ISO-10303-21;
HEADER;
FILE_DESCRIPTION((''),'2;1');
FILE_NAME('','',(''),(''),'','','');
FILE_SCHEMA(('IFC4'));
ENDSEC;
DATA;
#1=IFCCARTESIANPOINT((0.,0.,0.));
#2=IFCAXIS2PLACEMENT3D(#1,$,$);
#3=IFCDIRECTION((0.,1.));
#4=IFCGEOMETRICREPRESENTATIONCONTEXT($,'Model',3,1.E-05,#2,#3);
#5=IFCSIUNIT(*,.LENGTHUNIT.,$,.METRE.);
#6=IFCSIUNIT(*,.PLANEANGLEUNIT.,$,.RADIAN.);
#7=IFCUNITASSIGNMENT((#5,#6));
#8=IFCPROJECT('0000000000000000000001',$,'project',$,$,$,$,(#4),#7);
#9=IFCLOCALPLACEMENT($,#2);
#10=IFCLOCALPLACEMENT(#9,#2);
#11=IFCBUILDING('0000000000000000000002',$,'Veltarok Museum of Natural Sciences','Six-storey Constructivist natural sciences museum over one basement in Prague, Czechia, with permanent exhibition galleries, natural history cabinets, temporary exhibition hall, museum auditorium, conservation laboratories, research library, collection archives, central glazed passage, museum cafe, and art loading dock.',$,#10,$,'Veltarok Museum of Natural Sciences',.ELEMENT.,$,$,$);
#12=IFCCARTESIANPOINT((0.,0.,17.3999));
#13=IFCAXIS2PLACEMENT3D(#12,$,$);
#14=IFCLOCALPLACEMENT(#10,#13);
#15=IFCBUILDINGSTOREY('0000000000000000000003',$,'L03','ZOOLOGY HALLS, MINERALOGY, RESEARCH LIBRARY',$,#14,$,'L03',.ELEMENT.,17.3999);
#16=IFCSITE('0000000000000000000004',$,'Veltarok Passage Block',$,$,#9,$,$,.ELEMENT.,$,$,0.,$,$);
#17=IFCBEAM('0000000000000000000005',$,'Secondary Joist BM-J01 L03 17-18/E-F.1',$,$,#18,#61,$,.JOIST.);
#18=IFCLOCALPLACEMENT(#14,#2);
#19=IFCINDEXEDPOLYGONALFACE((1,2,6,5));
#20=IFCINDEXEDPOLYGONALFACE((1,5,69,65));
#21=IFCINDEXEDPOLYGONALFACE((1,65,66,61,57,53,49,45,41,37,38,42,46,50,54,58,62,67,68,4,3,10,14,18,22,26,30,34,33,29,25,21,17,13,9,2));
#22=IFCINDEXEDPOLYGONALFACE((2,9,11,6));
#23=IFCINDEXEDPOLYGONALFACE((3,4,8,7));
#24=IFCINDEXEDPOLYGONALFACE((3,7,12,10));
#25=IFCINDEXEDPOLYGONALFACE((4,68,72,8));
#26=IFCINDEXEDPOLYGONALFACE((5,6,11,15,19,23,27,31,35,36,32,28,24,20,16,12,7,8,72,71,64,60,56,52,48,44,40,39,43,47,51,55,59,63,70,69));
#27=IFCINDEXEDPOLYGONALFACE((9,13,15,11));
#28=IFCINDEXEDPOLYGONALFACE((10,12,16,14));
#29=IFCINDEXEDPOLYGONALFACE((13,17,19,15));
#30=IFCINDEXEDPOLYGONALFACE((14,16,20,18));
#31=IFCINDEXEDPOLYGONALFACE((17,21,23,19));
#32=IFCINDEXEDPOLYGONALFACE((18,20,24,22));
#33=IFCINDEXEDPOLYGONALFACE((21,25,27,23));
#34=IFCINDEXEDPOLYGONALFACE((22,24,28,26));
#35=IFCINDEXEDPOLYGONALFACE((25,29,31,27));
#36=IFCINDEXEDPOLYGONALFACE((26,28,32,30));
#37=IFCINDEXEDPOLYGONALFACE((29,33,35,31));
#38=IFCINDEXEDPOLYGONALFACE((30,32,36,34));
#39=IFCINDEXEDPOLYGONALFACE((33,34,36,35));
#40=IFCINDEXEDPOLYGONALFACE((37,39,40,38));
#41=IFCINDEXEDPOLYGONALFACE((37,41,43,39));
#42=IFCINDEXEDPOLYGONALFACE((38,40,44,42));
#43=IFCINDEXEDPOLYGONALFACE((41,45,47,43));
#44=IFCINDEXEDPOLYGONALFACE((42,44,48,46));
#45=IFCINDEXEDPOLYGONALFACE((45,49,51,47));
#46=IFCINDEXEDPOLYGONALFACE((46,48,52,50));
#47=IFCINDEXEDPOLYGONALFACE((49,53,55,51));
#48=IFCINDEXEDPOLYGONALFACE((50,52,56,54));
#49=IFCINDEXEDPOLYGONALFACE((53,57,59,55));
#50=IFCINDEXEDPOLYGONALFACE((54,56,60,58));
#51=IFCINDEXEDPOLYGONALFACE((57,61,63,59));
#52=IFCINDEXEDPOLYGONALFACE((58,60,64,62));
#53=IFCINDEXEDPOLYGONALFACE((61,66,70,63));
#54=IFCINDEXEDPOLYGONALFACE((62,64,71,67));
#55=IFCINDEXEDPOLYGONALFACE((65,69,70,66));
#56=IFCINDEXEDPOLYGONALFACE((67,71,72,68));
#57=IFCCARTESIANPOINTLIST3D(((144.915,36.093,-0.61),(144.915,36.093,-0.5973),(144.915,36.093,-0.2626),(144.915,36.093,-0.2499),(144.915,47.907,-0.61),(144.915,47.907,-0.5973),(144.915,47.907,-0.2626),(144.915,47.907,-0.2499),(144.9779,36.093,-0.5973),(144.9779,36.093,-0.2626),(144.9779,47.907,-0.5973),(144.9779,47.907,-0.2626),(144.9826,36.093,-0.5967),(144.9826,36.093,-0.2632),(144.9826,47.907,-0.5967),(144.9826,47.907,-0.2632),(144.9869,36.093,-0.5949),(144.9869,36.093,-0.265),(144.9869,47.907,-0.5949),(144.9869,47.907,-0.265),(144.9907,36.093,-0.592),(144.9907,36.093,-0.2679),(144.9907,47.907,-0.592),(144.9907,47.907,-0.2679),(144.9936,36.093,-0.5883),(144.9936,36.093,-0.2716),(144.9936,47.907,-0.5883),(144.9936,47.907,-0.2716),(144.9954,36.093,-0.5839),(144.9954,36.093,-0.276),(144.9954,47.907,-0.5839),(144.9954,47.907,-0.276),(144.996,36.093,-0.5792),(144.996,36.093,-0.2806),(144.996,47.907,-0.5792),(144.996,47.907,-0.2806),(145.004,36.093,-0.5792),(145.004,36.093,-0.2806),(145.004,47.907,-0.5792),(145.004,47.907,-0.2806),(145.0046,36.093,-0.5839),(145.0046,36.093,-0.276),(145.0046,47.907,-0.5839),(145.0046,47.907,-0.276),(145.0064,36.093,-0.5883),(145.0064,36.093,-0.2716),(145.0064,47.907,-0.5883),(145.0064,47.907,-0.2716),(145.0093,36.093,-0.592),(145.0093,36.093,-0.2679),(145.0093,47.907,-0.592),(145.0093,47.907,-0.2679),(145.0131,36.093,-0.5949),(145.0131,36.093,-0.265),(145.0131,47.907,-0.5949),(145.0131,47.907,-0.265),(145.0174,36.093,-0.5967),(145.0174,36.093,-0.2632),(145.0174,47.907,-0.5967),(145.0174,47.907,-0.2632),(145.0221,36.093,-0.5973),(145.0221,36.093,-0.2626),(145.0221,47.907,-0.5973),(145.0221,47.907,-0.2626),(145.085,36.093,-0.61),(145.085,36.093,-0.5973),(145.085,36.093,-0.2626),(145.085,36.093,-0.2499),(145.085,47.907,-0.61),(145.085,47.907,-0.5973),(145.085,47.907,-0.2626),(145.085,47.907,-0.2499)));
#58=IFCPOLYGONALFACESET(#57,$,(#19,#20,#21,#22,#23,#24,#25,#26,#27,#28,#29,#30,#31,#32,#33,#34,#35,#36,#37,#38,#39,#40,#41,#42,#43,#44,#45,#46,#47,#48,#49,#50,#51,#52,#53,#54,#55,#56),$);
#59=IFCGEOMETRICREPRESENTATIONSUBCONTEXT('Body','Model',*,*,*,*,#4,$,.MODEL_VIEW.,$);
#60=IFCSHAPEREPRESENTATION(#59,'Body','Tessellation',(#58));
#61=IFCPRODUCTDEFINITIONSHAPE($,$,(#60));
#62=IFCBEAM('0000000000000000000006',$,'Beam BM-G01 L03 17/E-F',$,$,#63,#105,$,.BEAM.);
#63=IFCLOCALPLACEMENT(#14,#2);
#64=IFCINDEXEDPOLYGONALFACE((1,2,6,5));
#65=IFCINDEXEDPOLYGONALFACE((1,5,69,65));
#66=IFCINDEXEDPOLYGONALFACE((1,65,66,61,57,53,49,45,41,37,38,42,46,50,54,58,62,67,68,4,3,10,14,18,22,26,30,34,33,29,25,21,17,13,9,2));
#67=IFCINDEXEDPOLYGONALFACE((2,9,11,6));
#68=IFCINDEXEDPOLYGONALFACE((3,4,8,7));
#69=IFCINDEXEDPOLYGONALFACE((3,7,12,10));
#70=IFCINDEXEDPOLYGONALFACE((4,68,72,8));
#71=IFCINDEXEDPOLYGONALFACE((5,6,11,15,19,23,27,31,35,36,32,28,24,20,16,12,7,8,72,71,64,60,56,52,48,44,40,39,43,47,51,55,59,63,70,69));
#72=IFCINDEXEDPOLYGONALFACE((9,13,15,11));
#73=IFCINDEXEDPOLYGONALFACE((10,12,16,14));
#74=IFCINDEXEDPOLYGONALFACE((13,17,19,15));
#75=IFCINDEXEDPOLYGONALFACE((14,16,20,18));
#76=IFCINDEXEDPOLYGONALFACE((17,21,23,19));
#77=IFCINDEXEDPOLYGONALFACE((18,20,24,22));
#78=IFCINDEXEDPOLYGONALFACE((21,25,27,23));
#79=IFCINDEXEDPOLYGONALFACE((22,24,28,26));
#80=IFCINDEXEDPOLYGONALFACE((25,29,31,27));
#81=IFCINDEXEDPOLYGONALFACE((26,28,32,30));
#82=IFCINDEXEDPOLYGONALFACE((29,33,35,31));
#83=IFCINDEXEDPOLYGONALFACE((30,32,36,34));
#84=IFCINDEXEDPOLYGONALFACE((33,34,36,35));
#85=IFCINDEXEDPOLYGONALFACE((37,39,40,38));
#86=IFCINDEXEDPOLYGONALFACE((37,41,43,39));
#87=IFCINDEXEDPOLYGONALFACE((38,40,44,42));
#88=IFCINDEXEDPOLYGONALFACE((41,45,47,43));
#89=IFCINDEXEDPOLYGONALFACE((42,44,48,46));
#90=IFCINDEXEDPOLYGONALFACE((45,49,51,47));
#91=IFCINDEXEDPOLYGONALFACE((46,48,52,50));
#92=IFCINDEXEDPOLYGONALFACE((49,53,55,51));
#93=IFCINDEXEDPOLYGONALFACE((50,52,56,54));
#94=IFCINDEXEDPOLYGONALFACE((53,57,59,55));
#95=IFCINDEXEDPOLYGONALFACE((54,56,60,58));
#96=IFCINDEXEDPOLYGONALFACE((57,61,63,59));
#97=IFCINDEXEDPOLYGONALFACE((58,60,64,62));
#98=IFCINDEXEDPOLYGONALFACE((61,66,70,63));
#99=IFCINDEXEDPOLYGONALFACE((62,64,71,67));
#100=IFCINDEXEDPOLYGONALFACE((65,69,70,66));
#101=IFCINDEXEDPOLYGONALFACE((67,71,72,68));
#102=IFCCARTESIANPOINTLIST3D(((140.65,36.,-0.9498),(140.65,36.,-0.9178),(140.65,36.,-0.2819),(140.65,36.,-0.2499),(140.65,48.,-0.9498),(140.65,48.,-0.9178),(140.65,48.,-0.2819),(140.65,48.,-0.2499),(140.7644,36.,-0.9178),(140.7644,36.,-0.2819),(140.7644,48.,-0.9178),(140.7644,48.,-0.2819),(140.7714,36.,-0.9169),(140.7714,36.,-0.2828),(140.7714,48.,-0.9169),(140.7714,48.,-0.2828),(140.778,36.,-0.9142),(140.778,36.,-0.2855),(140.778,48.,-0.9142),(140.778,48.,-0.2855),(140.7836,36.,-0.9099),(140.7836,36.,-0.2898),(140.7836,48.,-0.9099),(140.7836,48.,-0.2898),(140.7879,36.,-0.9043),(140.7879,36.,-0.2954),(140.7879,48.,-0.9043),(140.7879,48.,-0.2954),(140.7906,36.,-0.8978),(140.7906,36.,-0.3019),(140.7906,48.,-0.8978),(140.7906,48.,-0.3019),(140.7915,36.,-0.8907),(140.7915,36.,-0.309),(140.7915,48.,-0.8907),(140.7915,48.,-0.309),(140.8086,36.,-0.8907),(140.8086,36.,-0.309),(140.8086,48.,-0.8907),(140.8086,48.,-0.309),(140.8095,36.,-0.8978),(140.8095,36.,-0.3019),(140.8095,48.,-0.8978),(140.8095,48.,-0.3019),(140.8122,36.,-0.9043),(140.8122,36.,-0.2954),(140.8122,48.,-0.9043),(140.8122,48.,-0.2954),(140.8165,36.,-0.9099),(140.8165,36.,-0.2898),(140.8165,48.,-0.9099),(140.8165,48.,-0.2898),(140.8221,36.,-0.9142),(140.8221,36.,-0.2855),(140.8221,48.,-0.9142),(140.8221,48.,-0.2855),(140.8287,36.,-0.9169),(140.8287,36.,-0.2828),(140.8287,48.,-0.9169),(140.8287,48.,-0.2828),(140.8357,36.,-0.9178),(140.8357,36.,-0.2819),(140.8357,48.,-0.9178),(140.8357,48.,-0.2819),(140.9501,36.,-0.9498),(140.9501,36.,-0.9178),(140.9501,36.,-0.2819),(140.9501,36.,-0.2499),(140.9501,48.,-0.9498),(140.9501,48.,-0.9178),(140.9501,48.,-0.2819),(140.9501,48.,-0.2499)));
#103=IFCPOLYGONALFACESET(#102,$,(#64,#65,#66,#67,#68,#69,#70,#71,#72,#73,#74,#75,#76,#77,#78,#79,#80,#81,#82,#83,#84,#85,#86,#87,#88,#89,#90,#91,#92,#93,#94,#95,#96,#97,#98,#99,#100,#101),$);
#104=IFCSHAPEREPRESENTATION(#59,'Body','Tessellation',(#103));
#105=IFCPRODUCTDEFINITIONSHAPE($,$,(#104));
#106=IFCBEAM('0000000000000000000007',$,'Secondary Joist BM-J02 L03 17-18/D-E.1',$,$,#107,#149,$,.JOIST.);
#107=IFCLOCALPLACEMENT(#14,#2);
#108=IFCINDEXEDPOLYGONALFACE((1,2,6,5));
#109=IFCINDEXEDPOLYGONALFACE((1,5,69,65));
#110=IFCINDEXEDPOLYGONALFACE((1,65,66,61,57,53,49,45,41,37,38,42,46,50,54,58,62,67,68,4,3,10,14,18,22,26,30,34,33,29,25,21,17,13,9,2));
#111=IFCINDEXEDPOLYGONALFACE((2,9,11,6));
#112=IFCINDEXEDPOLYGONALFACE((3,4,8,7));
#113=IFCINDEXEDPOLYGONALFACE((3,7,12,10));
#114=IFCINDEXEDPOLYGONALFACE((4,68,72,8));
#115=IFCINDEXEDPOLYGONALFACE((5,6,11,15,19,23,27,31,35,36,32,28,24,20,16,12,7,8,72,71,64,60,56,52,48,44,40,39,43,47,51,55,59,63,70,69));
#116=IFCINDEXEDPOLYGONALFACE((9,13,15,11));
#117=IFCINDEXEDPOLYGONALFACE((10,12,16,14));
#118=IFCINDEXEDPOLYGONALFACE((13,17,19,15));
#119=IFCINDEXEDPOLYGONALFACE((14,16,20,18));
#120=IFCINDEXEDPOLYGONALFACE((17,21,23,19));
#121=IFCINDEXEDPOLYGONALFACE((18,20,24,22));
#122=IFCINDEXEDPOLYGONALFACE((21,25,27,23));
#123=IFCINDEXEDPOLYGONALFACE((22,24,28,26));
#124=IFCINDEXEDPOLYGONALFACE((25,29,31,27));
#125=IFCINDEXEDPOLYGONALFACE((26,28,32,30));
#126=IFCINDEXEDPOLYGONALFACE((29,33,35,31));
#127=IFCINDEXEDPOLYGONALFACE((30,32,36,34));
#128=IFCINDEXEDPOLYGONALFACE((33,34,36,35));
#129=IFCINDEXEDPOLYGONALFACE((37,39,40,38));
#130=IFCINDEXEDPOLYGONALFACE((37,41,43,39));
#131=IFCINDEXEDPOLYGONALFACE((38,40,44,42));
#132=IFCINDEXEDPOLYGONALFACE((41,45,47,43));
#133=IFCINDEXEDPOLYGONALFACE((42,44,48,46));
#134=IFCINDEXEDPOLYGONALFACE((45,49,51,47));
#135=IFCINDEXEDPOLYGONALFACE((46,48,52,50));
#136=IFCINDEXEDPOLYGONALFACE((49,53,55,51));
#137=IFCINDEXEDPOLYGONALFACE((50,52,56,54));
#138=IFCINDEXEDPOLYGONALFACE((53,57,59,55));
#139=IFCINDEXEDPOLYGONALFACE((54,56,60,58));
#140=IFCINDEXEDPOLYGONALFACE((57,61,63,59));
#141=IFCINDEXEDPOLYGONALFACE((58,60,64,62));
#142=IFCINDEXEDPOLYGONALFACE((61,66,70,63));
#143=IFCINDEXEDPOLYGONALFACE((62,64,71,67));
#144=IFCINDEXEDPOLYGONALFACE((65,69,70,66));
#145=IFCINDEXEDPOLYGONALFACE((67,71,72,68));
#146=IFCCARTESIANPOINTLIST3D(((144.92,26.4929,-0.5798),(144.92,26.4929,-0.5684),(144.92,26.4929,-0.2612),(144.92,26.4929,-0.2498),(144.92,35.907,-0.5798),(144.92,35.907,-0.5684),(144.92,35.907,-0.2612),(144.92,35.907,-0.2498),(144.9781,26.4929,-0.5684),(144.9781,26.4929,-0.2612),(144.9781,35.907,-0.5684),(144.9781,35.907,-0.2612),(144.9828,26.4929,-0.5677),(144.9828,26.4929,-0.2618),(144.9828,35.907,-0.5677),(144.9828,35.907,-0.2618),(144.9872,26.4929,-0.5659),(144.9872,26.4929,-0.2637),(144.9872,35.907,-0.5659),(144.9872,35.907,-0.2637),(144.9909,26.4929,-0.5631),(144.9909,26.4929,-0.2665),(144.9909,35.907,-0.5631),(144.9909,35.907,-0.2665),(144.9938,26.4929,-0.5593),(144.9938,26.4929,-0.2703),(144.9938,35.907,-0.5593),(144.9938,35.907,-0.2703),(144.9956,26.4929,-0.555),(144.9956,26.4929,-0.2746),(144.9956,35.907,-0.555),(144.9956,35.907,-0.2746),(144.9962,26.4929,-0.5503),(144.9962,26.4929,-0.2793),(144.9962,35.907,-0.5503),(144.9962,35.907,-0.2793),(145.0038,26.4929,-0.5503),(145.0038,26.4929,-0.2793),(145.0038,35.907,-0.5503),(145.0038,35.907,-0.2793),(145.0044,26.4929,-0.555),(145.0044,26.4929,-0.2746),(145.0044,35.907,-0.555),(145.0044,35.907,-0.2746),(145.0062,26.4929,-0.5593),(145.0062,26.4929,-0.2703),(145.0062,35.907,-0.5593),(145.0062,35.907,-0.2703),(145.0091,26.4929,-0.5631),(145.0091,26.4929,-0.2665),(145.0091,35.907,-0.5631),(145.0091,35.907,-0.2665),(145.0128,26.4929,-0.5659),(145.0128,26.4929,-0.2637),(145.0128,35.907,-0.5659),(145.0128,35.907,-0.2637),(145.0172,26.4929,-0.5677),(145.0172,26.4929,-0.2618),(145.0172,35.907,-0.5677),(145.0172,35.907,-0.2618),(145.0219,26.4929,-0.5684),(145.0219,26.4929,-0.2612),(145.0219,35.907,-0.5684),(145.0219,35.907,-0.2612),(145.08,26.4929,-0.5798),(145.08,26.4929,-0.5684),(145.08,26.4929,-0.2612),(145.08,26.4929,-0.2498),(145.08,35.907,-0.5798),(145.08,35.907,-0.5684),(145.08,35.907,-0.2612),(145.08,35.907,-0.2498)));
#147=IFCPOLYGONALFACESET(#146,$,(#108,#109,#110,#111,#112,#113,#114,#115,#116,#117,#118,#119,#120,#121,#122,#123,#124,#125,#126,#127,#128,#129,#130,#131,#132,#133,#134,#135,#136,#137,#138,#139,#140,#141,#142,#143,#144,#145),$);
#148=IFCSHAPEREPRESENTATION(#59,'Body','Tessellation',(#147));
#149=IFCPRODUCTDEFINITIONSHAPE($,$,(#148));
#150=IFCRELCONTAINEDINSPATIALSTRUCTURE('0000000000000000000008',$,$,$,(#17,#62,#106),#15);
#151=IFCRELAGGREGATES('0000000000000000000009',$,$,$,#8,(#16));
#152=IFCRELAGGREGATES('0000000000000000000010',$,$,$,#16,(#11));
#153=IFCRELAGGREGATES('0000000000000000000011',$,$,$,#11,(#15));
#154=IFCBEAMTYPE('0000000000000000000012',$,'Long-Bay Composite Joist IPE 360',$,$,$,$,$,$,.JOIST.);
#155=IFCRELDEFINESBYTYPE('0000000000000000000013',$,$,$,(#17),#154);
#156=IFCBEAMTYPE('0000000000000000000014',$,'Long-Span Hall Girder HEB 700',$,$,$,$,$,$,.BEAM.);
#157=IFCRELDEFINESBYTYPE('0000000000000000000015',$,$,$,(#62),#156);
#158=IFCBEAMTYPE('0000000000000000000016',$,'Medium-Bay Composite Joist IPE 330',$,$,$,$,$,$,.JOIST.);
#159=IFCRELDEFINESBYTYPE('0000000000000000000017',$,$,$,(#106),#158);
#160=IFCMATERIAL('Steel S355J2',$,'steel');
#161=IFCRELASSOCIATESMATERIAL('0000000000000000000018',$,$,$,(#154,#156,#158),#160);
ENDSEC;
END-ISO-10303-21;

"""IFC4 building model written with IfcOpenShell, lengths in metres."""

from ifc_helpers import new_model, si_unit, direction, frame, origin, origin_2d, place, context, subcontext, project, spatial, i_section, extrude, material, material_profile, profile_set, type_object, element, save


model = new_model("IFC4")

# Units and contexts
model_context = context("Model", 3, precision=1e-05, world=origin(), true_north=direction((0.0, 1.0)))
body_context = subcontext(model_context, "Body", "Model", "MODEL_VIEW")
ifc_project = project(units=[si_unit("LENGTHUNIT", "METRE"), si_unit("PLANEANGLEUNIT", "RADIAN")], contexts=[model_context])

# Site, building, storey
site_placement = place(None, origin())
site = spatial("IfcSite", under=ifc_project, at=site_placement, Name="Veltarok Passage Block", CompositionType="ELEMENT", RefElevation=0.0)
building_placement = place(site_placement, origin())
building = spatial("IfcBuilding", under=site, at=building_placement, Name="Veltarok Museum of Natural Sciences", Description="Six-storey Constructivist natural sciences museum over one basement in Prague, Czechia, with permanent exhibition galleries, natural history cabinets, temporary exhibition hall, museum auditorium, conservation laboratories, research library, collection archives, central glazed passage, museum cafe, and art loading dock.", LongName="Veltarok Museum of Natural Sciences", CompositionType="ELEMENT")
storey_placement = place(building_placement, frame((0.0, 0.0, 17.3999)))
storey = spatial("IfcBuildingStorey", under=building, at=storey_placement, Name="L03", Description="ZOOLOGY HALLS, MINERALOGY, RESEARCH LIBRARY", LongName="L03", CompositionType="ELEMENT", Elevation=17.3999)

# Beams
ifc_material_1 = material(Name="Steel S355J2", Category="steel")
ifc_material_profile_1 = material_profile(ifc_material_1, i_section(OverallWidth=0.1699, OverallDepth=0.3601, WebThickness=0.0081, FlangeThickness=0.0127, FilletRadius=0.0181, at=origin_2d()), Name="IPE 360")
ifc_profile_set_1 = profile_set([ifc_material_profile_1], Name="Steel S355J2")
beam_type_1 = type_object("IfcBeamType", Name="Long-Bay Composite Joist IPE 360", PredefinedType="JOIST", material=ifc_profile_set_1)
beam_1_placement = place(storey_placement, frame((145.0, 36.093, -0.4299), z_axis=(0.0, 1.0, 0.0), x_axis=(-1.0, 0.0, 0.0)))
element("IfcBeam", 1, at=beam_1_placement, inside=storey, type_object=beam_type_1, Name="Secondary Joist BM-J01 L03 17-18/E-F.1", PredefinedType="JOIST", context=body_context, shape_type="SweptSolid", body=[
    extrude(i_section(OverallWidth=0.1699, OverallDepth=0.3601, WebThickness=0.0081, FlangeThickness=0.0127, FilletRadius=0.0181, at=origin_2d()), origin(), (0.0, 0.0, 1.0), 11.814),
])
ifc_material_profile_2 = material_profile(ifc_material_1, i_section(OverallWidth=0.3, OverallDepth=0.7, WebThickness=0.0171, FlangeThickness=0.032, FilletRadius=0.0271, at=origin_2d()), Name="HEB 700")
ifc_profile_set_2 = profile_set([ifc_material_profile_2], Name="Steel S355J2")
beam_type_2 = type_object("IfcBeamType", Name="Long-Span Hall Girder HEB 700", PredefinedType="BEAM", material=ifc_profile_set_2)
beam_2_placement = place(storey_placement, frame((140.8, 36.0, -0.5999), z_axis=(0.0, 1.0, 0.0), x_axis=(-1.0, 0.0, 0.0)))
element("IfcBeam", 2, at=beam_2_placement, inside=storey, type_object=beam_type_2, Name="Beam BM-G01 L03 17/E-F", PredefinedType="BEAM", context=body_context, shape_type="SweptSolid", body=[
    extrude(i_section(OverallWidth=0.3, OverallDepth=0.7, WebThickness=0.0171, FlangeThickness=0.032, FilletRadius=0.0271, at=origin_2d()), origin(), (0.0, 0.0, 1.0), 12.0),
])
ifc_material_profile_3 = material_profile(ifc_material_1, i_section(OverallWidth=0.1599, OverallDepth=0.3301, WebThickness=0.0076, FlangeThickness=0.0115, FilletRadius=0.0181, at=origin_2d()), Name="IPE 330")
ifc_profile_set_3 = profile_set([ifc_material_profile_3], Name="Steel S355J2")
beam_type_3 = type_object("IfcBeamType", Name="Medium-Bay Composite Joist IPE 330", PredefinedType="JOIST", material=ifc_profile_set_3)
beam_3_placement = place(storey_placement, frame((145.0, 26.4929, -0.4148), z_axis=(0.0, 1.0, 0.0), x_axis=(-1.0, 0.0, 0.0)))
element("IfcBeam", 3, at=beam_3_placement, inside=storey, type_object=beam_type_3, Name="Secondary Joist BM-J02 L03 17-18/D-E.1", PredefinedType="JOIST", context=body_context, shape_type="SweptSolid", body=[
    extrude(i_section(OverallWidth=0.1599, OverallDepth=0.3301, WebThickness=0.0076, FlangeThickness=0.0115, FilletRadius=0.0181, at=origin_2d()), origin(), (0.0, 0.0, 1.0), 9.4141),
])

save(model, "model.ifc")
